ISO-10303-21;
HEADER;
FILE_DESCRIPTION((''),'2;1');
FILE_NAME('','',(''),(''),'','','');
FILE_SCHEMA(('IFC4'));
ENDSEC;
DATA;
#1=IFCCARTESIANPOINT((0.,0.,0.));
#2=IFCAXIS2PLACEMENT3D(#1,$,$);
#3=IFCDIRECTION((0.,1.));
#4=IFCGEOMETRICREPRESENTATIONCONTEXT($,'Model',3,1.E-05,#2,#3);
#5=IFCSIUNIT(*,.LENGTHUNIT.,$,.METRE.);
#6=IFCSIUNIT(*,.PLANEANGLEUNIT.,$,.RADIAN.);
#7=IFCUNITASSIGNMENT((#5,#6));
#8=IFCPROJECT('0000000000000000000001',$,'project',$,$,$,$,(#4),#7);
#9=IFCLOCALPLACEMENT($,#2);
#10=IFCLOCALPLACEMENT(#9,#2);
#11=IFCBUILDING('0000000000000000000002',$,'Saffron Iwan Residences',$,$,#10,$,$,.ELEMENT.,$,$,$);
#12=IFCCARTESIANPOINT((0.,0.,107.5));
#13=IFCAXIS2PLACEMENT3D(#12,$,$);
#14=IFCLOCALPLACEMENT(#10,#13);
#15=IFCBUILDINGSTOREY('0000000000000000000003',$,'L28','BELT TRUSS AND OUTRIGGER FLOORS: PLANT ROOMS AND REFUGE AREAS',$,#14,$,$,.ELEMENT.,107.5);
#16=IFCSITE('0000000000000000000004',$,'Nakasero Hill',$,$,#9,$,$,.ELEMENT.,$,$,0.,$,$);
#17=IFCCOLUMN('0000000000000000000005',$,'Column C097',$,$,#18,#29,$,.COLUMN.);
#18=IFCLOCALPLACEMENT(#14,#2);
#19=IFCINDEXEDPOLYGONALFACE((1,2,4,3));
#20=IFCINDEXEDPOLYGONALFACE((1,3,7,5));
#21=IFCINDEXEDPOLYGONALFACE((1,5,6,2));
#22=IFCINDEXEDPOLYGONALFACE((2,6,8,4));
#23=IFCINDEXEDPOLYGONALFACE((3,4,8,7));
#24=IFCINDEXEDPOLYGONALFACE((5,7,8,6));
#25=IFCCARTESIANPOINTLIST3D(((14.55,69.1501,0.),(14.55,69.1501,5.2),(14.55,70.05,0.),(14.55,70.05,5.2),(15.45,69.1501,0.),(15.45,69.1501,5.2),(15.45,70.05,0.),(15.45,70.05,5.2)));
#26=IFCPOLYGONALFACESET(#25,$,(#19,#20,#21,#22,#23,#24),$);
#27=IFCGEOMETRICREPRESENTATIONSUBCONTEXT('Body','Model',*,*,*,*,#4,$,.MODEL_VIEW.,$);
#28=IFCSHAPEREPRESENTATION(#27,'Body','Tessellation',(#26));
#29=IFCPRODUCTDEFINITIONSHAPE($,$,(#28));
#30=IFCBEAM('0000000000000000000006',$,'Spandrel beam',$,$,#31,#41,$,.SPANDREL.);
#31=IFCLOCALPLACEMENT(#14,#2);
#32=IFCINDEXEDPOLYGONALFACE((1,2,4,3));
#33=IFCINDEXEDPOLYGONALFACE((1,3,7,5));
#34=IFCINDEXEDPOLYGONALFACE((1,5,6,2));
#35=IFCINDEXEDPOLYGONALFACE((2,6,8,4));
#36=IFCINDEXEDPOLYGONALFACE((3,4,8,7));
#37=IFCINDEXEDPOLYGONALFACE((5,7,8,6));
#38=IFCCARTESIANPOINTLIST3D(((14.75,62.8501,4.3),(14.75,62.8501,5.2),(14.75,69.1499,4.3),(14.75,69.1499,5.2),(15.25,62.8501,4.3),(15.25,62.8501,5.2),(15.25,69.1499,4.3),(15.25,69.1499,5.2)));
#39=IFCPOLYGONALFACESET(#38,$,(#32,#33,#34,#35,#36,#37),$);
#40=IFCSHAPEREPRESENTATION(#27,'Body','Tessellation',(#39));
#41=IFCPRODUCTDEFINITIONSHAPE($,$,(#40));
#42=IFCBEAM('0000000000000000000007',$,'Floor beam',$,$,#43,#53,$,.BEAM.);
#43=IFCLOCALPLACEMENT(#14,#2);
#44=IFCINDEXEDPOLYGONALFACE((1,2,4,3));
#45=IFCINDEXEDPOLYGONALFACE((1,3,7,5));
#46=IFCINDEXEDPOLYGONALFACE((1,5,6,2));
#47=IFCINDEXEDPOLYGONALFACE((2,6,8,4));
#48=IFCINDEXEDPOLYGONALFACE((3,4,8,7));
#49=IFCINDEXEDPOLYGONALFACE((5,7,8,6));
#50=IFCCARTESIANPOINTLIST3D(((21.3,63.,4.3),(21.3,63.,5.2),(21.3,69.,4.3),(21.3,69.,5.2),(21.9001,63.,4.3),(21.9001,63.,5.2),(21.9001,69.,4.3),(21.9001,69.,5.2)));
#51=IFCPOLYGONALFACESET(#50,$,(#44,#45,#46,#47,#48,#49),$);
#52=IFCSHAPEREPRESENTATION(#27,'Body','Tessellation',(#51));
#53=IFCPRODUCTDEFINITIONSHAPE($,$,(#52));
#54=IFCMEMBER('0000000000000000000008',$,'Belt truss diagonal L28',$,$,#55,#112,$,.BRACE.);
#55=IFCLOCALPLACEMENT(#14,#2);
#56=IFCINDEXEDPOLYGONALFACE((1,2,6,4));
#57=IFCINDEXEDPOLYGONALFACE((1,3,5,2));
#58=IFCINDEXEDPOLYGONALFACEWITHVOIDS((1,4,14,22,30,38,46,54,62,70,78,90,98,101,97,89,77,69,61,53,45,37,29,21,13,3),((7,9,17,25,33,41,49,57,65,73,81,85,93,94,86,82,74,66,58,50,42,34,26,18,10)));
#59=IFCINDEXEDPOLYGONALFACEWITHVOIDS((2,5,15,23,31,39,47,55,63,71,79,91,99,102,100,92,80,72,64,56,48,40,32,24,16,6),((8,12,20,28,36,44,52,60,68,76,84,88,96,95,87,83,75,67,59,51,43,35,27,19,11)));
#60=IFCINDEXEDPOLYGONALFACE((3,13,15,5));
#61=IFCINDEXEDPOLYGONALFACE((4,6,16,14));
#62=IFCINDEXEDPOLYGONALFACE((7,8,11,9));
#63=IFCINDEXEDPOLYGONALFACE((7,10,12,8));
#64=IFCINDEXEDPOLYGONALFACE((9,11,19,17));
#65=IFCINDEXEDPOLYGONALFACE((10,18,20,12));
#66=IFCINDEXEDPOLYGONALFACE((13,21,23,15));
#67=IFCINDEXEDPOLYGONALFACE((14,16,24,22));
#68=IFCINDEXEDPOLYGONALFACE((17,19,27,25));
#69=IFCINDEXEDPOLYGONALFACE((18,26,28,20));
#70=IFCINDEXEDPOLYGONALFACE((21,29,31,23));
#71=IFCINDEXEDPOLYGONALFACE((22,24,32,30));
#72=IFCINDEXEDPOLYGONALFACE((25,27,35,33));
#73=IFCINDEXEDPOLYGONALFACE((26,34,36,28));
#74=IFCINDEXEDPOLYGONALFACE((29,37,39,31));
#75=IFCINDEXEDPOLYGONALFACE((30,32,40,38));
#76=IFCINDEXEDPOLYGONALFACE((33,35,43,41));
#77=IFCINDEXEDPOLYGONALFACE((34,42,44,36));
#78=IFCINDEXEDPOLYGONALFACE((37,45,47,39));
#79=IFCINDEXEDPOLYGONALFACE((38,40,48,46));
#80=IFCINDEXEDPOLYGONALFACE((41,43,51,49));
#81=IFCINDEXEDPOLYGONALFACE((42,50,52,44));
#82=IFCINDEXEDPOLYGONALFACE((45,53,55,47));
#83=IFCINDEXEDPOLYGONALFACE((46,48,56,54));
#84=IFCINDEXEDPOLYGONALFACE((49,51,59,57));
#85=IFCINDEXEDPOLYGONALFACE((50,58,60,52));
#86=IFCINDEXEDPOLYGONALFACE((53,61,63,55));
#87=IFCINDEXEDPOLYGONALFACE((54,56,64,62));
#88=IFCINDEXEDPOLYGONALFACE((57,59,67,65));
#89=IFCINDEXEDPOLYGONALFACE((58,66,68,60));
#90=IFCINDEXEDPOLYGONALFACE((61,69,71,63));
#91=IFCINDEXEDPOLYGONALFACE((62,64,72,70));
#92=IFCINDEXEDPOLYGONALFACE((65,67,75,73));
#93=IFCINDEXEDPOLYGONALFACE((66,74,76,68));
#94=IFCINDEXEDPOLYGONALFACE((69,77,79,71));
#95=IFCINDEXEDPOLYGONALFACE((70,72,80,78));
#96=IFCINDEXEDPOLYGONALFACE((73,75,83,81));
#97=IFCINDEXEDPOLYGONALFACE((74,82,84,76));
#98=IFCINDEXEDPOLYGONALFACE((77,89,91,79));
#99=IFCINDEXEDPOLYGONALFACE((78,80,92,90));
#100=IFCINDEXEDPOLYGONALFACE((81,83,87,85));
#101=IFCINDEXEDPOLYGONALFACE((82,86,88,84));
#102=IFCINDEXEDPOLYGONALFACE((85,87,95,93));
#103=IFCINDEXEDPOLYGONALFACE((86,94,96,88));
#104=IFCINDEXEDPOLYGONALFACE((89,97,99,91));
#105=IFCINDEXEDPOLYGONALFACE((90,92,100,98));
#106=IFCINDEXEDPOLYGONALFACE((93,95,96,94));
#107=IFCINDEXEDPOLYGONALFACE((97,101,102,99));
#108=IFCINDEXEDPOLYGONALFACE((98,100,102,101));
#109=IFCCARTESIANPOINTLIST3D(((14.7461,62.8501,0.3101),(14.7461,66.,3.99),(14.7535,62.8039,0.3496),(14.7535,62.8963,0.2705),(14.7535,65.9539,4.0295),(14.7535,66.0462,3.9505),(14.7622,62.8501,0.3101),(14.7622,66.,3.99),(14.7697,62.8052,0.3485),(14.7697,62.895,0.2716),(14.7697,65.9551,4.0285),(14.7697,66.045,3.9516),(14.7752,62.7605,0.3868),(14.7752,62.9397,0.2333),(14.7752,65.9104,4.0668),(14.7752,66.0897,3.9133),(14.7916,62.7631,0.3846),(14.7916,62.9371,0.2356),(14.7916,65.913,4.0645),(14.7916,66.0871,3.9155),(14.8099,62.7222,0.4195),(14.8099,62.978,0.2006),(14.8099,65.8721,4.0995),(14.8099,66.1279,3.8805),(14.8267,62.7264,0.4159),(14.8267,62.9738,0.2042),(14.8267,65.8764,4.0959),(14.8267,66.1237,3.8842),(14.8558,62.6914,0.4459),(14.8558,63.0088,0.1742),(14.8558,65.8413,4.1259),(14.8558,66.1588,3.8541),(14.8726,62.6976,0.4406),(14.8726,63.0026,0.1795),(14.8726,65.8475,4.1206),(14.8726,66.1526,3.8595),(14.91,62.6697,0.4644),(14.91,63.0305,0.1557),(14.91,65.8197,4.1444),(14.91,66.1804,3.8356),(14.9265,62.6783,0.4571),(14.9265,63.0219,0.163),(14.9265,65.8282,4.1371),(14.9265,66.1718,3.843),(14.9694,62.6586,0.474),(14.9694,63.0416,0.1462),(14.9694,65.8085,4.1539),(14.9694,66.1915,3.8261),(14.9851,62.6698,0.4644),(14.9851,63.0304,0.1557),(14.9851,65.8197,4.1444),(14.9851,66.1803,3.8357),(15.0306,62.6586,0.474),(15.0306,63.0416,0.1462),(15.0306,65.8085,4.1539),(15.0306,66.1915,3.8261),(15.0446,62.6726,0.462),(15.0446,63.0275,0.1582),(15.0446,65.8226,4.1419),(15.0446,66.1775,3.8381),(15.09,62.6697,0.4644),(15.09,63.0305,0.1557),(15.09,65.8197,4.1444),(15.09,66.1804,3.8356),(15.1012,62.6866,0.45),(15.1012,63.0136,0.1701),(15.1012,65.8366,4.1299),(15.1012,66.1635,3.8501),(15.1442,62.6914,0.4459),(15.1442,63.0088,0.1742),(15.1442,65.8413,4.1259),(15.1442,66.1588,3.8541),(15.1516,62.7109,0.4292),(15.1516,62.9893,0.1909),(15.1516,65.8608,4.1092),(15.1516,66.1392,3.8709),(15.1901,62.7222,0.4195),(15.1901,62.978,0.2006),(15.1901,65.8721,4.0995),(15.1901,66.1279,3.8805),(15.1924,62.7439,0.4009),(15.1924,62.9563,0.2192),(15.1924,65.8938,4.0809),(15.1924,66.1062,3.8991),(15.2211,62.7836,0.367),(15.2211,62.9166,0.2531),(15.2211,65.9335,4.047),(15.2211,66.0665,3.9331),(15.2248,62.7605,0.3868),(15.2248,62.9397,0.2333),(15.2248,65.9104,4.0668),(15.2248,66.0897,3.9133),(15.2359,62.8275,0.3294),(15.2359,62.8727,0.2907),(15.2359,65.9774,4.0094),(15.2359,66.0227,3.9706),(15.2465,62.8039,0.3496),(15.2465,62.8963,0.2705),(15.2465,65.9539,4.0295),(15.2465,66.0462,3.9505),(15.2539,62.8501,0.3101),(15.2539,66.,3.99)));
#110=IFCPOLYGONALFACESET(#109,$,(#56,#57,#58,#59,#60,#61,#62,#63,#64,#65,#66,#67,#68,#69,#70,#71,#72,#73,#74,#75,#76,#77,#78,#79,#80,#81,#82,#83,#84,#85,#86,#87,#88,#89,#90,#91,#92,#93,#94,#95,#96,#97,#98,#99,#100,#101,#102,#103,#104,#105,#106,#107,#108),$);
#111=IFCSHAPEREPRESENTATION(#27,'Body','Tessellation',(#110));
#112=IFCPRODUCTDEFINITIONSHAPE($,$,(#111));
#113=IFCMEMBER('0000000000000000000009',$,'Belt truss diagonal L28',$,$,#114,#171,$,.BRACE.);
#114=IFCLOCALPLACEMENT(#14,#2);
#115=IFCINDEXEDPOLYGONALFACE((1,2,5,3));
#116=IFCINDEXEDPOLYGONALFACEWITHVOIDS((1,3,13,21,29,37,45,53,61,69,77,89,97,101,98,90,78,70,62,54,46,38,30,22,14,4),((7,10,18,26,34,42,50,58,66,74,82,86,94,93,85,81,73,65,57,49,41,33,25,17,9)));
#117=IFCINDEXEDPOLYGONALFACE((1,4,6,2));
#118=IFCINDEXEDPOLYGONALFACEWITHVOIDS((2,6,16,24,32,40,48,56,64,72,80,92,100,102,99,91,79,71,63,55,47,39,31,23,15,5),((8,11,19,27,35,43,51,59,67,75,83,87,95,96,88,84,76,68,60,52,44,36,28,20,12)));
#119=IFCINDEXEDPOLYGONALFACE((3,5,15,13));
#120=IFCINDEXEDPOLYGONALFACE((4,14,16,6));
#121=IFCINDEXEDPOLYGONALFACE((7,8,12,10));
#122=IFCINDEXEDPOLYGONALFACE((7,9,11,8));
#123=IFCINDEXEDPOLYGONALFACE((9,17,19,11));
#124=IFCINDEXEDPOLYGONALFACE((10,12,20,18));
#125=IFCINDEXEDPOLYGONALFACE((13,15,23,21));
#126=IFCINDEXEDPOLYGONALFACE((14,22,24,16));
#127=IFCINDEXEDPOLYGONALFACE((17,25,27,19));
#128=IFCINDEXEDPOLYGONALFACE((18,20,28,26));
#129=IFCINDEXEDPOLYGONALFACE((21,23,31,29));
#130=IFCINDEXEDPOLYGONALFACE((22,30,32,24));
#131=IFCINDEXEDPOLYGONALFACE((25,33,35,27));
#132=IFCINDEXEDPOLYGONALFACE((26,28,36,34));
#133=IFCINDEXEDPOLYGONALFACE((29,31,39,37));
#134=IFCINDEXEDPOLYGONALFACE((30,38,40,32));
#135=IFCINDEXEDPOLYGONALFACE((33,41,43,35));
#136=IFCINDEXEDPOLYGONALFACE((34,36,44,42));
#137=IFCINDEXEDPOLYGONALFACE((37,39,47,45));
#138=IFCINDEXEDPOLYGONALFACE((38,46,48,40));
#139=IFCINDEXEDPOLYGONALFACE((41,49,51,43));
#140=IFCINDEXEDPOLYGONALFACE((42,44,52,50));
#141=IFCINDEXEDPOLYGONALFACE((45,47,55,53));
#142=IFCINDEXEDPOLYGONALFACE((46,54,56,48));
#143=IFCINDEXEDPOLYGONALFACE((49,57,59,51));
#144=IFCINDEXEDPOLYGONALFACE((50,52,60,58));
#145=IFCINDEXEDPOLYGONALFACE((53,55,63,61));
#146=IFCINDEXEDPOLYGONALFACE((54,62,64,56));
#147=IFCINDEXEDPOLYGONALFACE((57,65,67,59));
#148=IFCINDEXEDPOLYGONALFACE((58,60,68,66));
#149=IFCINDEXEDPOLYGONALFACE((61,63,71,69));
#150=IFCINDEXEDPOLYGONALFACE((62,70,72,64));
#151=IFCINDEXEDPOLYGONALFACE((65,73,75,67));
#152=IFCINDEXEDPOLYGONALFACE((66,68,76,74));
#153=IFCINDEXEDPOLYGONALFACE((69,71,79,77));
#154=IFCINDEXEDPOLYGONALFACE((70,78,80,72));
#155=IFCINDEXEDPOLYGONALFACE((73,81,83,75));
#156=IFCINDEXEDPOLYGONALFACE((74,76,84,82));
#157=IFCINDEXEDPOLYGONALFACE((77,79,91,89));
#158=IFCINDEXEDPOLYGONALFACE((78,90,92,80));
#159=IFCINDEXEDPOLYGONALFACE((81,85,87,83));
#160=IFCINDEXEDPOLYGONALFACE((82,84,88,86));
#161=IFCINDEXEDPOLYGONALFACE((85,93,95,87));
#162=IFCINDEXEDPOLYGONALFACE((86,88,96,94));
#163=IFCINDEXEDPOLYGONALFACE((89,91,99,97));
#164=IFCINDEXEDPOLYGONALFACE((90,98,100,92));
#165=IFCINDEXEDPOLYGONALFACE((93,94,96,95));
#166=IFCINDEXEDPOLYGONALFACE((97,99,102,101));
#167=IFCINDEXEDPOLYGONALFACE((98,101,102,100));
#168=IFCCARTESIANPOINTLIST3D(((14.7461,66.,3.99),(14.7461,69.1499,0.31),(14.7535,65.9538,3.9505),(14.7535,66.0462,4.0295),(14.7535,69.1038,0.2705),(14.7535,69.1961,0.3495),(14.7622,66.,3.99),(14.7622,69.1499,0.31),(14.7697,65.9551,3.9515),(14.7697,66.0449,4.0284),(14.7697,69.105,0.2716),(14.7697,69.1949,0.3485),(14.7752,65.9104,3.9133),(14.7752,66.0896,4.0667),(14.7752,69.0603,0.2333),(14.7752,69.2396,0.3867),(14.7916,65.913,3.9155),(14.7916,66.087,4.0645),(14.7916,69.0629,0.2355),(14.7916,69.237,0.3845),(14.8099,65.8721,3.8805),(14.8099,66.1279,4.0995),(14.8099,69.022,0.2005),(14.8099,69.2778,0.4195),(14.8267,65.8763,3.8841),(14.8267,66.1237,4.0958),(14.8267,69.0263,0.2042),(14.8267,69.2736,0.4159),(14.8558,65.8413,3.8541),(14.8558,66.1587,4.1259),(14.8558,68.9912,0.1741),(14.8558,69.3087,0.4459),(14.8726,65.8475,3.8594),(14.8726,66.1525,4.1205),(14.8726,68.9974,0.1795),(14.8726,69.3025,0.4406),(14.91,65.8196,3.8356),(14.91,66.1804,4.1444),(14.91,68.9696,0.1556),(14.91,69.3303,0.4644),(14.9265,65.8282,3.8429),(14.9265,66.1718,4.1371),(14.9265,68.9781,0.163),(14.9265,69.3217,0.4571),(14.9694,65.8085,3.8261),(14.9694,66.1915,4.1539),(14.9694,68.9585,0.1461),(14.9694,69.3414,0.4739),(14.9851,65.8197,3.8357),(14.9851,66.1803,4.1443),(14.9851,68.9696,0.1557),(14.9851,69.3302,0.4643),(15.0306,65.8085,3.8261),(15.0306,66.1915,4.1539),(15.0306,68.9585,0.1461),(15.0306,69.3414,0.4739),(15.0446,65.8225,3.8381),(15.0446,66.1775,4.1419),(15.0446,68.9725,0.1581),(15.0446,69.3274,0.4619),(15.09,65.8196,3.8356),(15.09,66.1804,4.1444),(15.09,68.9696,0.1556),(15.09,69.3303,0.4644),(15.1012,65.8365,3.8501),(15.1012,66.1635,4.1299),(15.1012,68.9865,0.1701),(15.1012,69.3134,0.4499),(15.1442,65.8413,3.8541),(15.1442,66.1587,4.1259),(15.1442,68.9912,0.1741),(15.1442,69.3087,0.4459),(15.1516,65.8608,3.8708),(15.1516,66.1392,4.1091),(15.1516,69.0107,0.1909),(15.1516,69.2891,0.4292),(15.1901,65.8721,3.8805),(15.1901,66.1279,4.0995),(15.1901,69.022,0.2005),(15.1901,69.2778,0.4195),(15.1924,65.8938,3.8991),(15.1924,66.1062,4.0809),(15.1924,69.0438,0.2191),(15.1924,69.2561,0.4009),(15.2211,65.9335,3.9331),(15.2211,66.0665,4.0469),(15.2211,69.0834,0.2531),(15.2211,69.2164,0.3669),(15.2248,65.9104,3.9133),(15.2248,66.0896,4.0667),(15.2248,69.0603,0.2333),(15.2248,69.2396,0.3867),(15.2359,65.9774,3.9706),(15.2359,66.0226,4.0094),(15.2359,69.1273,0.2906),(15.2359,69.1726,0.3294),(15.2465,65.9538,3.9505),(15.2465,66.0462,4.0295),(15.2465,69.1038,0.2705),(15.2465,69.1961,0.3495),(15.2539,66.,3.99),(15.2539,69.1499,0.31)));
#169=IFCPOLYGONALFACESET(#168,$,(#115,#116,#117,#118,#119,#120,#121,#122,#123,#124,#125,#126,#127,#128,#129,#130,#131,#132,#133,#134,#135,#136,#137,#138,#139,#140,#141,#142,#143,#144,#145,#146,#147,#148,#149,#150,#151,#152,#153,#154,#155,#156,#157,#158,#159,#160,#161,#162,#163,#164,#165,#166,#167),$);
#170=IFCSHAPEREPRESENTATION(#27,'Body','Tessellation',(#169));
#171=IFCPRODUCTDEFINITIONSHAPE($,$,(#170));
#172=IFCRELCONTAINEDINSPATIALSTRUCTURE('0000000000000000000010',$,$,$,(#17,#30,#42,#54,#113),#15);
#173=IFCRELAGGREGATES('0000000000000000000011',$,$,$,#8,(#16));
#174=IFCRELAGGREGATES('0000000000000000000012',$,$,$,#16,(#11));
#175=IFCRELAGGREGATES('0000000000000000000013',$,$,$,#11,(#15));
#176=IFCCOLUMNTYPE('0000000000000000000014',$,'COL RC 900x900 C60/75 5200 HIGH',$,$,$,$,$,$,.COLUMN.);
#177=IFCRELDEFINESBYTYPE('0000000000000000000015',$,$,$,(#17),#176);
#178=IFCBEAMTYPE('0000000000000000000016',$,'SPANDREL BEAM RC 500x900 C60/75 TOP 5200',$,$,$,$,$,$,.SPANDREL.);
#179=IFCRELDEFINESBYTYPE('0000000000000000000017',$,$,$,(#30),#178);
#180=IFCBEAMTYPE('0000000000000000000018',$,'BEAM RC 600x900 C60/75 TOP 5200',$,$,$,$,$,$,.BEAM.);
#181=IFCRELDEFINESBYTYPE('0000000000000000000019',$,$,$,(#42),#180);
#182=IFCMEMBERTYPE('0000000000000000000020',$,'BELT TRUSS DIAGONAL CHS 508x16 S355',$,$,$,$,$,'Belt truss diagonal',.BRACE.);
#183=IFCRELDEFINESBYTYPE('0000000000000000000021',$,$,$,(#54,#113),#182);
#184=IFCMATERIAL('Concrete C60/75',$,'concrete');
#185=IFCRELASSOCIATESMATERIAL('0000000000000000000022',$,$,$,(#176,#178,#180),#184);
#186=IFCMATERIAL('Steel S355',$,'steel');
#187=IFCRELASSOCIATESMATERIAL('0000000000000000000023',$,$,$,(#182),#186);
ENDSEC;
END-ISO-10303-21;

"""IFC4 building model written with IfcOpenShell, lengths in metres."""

from ifc_helpers import new_model, si_unit, direction, frame, origin, origin_2d, place, context, subcontext, project, spatial, rectangle, hollow_circle, extrude, source, transform, mapped, material, material_profile, profile_set, type_object, element, save


model = new_model("IFC4")

# Units and contexts
model_context = context("Model", 3, precision=1e-05, world=origin(), true_north=direction((0.0, 1.0)))
body_context = subcontext(model_context, "Body", "Model", "MODEL_VIEW")
ifc_project = project(units=[si_unit("LENGTHUNIT", "METRE"), si_unit("PLANEANGLEUNIT", "RADIAN")], contexts=[model_context])

# Site, building, storey
site_placement = place(None, origin())
site = spatial("IfcSite", under=ifc_project, at=site_placement, Name="Nakasero Hill", CompositionType="ELEMENT", RefElevation=0.0)
building_placement = place(site_placement, origin())
building = spatial("IfcBuilding", under=site, at=building_placement, Name="Saffron Iwan Residences", CompositionType="ELEMENT")
storey_placement = place(building_placement, frame((0.0, 0.0, 107.5)))
storey = spatial("IfcBuildingStorey", under=building, at=storey_placement, Name="L28", Description="BELT TRUSS AND OUTRIGGER FLOORS: PLANT ROOMS AND REFUGE AREAS", CompositionType="ELEMENT", Elevation=107.5)

# Column
ifc_material_1 = material(Name="Concrete C60/75", Category="concrete")
ifc_material_profile_1 = material_profile(ifc_material_1, rectangle(XDim=0.8999, YDim=0.8999, at=origin_2d()), Name="RC 900x900")
ifc_profile_set_1 = profile_set([ifc_material_profile_1], Name="Concrete C60/75")
column_type = type_object("IfcColumnType", Name="COL RC 900x900 C60/75 5200 HIGH", PredefinedType="COLUMN", material=ifc_profile_set_1)
shared_shape_1 = source(origin(), body_context, "Body", "SweptSolid", [
    extrude(rectangle(XDim=0.8999, YDim=0.8999, at=origin_2d()), origin(), (0.0, 0.0, 1.0), 5.2),
])
column_placement = place(storey_placement, frame((15.0, 69.6001, 0.0), z_axis=(0.0, 0.0, 1.0), x_axis=(1.0, 0.0, 0.0)))
element("IfcColumn", 1, at=column_placement, inside=storey, type_object=column_type, Name="Column C097", PredefinedType="COLUMN", context=body_context, shape_type="MappedRepresentation", body=[
    mapped(shared_shape_1, transform((0.0, 0.0, 0.0))),
])

# Beams
ifc_material_profile_2 = material_profile(ifc_material_1, rectangle(XDim=0.5, YDim=0.8999, at=origin_2d()), Name="RC 500x900")
ifc_profile_set_2 = profile_set([ifc_material_profile_2], Name="Concrete C60/75")
beam_type_1 = type_object("IfcBeamType", Name="SPANDREL BEAM RC 500x900 C60/75 TOP 5200", PredefinedType="SPANDREL", material=ifc_profile_set_2)
shared_shape_2 = source(origin(), body_context, "Body", "SweptSolid", [
    extrude(rectangle(XDim=0.5, YDim=0.8999, at=origin_2d()), origin(), (0.0, 0.0, 1.0), 6.2998),
])
beam_1_placement = place(storey_placement, frame((15.0, 62.8501, 4.75), z_axis=(0.0, 1.0, 0.0), x_axis=(-1.0, 0.0, 0.0)))
element("IfcBeam", 2, at=beam_1_placement, inside=storey, type_object=beam_type_1, Name="Spandrel beam", PredefinedType="SPANDREL", context=body_context, shape_type="MappedRepresentation", body=[
    mapped(shared_shape_2, transform((0.0, 0.0, 0.0))),
])
ifc_material_profile_3 = material_profile(ifc_material_1, rectangle(XDim=0.6001, YDim=0.8999, at=origin_2d()), Name="RC 600x900")
ifc_profile_set_3 = profile_set([ifc_material_profile_3], Name="Concrete C60/75")
beam_type_2 = type_object("IfcBeamType", Name="BEAM RC 600x900 C60/75 TOP 5200", PredefinedType="BEAM", material=ifc_profile_set_3)
shared_shape_3 = source(origin(), body_context, "Body", "SweptSolid", [
    extrude(rectangle(XDim=0.6001, YDim=0.8999, at=origin_2d()), origin(), (0.0, 0.0, 1.0), 6.0),
])
beam_2_placement = place(storey_placement, frame((21.6001, 63.0, 4.75), z_axis=(0.0, 1.0, 0.0), x_axis=(-1.0, 0.0, 0.0)))
element("IfcBeam", 3, at=beam_2_placement, inside=storey, type_object=beam_type_2, Name="Floor beam", PredefinedType="BEAM", context=body_context, shape_type="MappedRepresentation", body=[
    mapped(shared_shape_3, transform((0.0, 0.0, 0.0))),
])

# Members
ifc_material_2 = material(Name="Steel S355", Category="steel")
ifc_material_profile_4 = material_profile(ifc_material_2, hollow_circle(Radius=0.2539, WallThickness=0.0161, at=origin_2d()), Name="CHS 508x16")
ifc_profile_set_4 = profile_set([ifc_material_profile_4], Name="Steel S355")
member_type_1 = type_object("IfcMemberType", Name="BELT TRUSS DIAGONAL CHS 508x16 S355", ElementType="Belt truss diagonal", PredefinedType="BRACE", material=ifc_profile_set_4)
shared_shape_4 = source(origin(), body_context, "Body", "SweptSolid", [
    extrude(hollow_circle(Radius=0.2539, WallThickness=0.0161, at=origin_2d()), origin(), (0.0, 0.0, 1.0), 4.844),
])
for number, where, z_axis, x_axis, name in (
    (4, (15.0, 62.8501, 0.3101), (0.0, 0.650277, 0.759698), (-1.0, 0.0, 0.0), "Belt truss diagonal L28"),
    (5, (15.0, 66.0, 3.99), (0.0, 0.650277, -0.759698), (-1.0, 0.0, 0.0), "Belt truss diagonal L28"),
):
    element("IfcMember", number, at=place(storey_placement, frame(where, z_axis=z_axis, x_axis=x_axis)), inside=storey, type_object=member_type_1, Name=name, PredefinedType="BRACE", context=body_context, shape_type="MappedRepresentation", body=[
        mapped(shared_shape_4, transform((0.0, 0.0, 0.0))),
    ])

save(model, "model.ifc")
